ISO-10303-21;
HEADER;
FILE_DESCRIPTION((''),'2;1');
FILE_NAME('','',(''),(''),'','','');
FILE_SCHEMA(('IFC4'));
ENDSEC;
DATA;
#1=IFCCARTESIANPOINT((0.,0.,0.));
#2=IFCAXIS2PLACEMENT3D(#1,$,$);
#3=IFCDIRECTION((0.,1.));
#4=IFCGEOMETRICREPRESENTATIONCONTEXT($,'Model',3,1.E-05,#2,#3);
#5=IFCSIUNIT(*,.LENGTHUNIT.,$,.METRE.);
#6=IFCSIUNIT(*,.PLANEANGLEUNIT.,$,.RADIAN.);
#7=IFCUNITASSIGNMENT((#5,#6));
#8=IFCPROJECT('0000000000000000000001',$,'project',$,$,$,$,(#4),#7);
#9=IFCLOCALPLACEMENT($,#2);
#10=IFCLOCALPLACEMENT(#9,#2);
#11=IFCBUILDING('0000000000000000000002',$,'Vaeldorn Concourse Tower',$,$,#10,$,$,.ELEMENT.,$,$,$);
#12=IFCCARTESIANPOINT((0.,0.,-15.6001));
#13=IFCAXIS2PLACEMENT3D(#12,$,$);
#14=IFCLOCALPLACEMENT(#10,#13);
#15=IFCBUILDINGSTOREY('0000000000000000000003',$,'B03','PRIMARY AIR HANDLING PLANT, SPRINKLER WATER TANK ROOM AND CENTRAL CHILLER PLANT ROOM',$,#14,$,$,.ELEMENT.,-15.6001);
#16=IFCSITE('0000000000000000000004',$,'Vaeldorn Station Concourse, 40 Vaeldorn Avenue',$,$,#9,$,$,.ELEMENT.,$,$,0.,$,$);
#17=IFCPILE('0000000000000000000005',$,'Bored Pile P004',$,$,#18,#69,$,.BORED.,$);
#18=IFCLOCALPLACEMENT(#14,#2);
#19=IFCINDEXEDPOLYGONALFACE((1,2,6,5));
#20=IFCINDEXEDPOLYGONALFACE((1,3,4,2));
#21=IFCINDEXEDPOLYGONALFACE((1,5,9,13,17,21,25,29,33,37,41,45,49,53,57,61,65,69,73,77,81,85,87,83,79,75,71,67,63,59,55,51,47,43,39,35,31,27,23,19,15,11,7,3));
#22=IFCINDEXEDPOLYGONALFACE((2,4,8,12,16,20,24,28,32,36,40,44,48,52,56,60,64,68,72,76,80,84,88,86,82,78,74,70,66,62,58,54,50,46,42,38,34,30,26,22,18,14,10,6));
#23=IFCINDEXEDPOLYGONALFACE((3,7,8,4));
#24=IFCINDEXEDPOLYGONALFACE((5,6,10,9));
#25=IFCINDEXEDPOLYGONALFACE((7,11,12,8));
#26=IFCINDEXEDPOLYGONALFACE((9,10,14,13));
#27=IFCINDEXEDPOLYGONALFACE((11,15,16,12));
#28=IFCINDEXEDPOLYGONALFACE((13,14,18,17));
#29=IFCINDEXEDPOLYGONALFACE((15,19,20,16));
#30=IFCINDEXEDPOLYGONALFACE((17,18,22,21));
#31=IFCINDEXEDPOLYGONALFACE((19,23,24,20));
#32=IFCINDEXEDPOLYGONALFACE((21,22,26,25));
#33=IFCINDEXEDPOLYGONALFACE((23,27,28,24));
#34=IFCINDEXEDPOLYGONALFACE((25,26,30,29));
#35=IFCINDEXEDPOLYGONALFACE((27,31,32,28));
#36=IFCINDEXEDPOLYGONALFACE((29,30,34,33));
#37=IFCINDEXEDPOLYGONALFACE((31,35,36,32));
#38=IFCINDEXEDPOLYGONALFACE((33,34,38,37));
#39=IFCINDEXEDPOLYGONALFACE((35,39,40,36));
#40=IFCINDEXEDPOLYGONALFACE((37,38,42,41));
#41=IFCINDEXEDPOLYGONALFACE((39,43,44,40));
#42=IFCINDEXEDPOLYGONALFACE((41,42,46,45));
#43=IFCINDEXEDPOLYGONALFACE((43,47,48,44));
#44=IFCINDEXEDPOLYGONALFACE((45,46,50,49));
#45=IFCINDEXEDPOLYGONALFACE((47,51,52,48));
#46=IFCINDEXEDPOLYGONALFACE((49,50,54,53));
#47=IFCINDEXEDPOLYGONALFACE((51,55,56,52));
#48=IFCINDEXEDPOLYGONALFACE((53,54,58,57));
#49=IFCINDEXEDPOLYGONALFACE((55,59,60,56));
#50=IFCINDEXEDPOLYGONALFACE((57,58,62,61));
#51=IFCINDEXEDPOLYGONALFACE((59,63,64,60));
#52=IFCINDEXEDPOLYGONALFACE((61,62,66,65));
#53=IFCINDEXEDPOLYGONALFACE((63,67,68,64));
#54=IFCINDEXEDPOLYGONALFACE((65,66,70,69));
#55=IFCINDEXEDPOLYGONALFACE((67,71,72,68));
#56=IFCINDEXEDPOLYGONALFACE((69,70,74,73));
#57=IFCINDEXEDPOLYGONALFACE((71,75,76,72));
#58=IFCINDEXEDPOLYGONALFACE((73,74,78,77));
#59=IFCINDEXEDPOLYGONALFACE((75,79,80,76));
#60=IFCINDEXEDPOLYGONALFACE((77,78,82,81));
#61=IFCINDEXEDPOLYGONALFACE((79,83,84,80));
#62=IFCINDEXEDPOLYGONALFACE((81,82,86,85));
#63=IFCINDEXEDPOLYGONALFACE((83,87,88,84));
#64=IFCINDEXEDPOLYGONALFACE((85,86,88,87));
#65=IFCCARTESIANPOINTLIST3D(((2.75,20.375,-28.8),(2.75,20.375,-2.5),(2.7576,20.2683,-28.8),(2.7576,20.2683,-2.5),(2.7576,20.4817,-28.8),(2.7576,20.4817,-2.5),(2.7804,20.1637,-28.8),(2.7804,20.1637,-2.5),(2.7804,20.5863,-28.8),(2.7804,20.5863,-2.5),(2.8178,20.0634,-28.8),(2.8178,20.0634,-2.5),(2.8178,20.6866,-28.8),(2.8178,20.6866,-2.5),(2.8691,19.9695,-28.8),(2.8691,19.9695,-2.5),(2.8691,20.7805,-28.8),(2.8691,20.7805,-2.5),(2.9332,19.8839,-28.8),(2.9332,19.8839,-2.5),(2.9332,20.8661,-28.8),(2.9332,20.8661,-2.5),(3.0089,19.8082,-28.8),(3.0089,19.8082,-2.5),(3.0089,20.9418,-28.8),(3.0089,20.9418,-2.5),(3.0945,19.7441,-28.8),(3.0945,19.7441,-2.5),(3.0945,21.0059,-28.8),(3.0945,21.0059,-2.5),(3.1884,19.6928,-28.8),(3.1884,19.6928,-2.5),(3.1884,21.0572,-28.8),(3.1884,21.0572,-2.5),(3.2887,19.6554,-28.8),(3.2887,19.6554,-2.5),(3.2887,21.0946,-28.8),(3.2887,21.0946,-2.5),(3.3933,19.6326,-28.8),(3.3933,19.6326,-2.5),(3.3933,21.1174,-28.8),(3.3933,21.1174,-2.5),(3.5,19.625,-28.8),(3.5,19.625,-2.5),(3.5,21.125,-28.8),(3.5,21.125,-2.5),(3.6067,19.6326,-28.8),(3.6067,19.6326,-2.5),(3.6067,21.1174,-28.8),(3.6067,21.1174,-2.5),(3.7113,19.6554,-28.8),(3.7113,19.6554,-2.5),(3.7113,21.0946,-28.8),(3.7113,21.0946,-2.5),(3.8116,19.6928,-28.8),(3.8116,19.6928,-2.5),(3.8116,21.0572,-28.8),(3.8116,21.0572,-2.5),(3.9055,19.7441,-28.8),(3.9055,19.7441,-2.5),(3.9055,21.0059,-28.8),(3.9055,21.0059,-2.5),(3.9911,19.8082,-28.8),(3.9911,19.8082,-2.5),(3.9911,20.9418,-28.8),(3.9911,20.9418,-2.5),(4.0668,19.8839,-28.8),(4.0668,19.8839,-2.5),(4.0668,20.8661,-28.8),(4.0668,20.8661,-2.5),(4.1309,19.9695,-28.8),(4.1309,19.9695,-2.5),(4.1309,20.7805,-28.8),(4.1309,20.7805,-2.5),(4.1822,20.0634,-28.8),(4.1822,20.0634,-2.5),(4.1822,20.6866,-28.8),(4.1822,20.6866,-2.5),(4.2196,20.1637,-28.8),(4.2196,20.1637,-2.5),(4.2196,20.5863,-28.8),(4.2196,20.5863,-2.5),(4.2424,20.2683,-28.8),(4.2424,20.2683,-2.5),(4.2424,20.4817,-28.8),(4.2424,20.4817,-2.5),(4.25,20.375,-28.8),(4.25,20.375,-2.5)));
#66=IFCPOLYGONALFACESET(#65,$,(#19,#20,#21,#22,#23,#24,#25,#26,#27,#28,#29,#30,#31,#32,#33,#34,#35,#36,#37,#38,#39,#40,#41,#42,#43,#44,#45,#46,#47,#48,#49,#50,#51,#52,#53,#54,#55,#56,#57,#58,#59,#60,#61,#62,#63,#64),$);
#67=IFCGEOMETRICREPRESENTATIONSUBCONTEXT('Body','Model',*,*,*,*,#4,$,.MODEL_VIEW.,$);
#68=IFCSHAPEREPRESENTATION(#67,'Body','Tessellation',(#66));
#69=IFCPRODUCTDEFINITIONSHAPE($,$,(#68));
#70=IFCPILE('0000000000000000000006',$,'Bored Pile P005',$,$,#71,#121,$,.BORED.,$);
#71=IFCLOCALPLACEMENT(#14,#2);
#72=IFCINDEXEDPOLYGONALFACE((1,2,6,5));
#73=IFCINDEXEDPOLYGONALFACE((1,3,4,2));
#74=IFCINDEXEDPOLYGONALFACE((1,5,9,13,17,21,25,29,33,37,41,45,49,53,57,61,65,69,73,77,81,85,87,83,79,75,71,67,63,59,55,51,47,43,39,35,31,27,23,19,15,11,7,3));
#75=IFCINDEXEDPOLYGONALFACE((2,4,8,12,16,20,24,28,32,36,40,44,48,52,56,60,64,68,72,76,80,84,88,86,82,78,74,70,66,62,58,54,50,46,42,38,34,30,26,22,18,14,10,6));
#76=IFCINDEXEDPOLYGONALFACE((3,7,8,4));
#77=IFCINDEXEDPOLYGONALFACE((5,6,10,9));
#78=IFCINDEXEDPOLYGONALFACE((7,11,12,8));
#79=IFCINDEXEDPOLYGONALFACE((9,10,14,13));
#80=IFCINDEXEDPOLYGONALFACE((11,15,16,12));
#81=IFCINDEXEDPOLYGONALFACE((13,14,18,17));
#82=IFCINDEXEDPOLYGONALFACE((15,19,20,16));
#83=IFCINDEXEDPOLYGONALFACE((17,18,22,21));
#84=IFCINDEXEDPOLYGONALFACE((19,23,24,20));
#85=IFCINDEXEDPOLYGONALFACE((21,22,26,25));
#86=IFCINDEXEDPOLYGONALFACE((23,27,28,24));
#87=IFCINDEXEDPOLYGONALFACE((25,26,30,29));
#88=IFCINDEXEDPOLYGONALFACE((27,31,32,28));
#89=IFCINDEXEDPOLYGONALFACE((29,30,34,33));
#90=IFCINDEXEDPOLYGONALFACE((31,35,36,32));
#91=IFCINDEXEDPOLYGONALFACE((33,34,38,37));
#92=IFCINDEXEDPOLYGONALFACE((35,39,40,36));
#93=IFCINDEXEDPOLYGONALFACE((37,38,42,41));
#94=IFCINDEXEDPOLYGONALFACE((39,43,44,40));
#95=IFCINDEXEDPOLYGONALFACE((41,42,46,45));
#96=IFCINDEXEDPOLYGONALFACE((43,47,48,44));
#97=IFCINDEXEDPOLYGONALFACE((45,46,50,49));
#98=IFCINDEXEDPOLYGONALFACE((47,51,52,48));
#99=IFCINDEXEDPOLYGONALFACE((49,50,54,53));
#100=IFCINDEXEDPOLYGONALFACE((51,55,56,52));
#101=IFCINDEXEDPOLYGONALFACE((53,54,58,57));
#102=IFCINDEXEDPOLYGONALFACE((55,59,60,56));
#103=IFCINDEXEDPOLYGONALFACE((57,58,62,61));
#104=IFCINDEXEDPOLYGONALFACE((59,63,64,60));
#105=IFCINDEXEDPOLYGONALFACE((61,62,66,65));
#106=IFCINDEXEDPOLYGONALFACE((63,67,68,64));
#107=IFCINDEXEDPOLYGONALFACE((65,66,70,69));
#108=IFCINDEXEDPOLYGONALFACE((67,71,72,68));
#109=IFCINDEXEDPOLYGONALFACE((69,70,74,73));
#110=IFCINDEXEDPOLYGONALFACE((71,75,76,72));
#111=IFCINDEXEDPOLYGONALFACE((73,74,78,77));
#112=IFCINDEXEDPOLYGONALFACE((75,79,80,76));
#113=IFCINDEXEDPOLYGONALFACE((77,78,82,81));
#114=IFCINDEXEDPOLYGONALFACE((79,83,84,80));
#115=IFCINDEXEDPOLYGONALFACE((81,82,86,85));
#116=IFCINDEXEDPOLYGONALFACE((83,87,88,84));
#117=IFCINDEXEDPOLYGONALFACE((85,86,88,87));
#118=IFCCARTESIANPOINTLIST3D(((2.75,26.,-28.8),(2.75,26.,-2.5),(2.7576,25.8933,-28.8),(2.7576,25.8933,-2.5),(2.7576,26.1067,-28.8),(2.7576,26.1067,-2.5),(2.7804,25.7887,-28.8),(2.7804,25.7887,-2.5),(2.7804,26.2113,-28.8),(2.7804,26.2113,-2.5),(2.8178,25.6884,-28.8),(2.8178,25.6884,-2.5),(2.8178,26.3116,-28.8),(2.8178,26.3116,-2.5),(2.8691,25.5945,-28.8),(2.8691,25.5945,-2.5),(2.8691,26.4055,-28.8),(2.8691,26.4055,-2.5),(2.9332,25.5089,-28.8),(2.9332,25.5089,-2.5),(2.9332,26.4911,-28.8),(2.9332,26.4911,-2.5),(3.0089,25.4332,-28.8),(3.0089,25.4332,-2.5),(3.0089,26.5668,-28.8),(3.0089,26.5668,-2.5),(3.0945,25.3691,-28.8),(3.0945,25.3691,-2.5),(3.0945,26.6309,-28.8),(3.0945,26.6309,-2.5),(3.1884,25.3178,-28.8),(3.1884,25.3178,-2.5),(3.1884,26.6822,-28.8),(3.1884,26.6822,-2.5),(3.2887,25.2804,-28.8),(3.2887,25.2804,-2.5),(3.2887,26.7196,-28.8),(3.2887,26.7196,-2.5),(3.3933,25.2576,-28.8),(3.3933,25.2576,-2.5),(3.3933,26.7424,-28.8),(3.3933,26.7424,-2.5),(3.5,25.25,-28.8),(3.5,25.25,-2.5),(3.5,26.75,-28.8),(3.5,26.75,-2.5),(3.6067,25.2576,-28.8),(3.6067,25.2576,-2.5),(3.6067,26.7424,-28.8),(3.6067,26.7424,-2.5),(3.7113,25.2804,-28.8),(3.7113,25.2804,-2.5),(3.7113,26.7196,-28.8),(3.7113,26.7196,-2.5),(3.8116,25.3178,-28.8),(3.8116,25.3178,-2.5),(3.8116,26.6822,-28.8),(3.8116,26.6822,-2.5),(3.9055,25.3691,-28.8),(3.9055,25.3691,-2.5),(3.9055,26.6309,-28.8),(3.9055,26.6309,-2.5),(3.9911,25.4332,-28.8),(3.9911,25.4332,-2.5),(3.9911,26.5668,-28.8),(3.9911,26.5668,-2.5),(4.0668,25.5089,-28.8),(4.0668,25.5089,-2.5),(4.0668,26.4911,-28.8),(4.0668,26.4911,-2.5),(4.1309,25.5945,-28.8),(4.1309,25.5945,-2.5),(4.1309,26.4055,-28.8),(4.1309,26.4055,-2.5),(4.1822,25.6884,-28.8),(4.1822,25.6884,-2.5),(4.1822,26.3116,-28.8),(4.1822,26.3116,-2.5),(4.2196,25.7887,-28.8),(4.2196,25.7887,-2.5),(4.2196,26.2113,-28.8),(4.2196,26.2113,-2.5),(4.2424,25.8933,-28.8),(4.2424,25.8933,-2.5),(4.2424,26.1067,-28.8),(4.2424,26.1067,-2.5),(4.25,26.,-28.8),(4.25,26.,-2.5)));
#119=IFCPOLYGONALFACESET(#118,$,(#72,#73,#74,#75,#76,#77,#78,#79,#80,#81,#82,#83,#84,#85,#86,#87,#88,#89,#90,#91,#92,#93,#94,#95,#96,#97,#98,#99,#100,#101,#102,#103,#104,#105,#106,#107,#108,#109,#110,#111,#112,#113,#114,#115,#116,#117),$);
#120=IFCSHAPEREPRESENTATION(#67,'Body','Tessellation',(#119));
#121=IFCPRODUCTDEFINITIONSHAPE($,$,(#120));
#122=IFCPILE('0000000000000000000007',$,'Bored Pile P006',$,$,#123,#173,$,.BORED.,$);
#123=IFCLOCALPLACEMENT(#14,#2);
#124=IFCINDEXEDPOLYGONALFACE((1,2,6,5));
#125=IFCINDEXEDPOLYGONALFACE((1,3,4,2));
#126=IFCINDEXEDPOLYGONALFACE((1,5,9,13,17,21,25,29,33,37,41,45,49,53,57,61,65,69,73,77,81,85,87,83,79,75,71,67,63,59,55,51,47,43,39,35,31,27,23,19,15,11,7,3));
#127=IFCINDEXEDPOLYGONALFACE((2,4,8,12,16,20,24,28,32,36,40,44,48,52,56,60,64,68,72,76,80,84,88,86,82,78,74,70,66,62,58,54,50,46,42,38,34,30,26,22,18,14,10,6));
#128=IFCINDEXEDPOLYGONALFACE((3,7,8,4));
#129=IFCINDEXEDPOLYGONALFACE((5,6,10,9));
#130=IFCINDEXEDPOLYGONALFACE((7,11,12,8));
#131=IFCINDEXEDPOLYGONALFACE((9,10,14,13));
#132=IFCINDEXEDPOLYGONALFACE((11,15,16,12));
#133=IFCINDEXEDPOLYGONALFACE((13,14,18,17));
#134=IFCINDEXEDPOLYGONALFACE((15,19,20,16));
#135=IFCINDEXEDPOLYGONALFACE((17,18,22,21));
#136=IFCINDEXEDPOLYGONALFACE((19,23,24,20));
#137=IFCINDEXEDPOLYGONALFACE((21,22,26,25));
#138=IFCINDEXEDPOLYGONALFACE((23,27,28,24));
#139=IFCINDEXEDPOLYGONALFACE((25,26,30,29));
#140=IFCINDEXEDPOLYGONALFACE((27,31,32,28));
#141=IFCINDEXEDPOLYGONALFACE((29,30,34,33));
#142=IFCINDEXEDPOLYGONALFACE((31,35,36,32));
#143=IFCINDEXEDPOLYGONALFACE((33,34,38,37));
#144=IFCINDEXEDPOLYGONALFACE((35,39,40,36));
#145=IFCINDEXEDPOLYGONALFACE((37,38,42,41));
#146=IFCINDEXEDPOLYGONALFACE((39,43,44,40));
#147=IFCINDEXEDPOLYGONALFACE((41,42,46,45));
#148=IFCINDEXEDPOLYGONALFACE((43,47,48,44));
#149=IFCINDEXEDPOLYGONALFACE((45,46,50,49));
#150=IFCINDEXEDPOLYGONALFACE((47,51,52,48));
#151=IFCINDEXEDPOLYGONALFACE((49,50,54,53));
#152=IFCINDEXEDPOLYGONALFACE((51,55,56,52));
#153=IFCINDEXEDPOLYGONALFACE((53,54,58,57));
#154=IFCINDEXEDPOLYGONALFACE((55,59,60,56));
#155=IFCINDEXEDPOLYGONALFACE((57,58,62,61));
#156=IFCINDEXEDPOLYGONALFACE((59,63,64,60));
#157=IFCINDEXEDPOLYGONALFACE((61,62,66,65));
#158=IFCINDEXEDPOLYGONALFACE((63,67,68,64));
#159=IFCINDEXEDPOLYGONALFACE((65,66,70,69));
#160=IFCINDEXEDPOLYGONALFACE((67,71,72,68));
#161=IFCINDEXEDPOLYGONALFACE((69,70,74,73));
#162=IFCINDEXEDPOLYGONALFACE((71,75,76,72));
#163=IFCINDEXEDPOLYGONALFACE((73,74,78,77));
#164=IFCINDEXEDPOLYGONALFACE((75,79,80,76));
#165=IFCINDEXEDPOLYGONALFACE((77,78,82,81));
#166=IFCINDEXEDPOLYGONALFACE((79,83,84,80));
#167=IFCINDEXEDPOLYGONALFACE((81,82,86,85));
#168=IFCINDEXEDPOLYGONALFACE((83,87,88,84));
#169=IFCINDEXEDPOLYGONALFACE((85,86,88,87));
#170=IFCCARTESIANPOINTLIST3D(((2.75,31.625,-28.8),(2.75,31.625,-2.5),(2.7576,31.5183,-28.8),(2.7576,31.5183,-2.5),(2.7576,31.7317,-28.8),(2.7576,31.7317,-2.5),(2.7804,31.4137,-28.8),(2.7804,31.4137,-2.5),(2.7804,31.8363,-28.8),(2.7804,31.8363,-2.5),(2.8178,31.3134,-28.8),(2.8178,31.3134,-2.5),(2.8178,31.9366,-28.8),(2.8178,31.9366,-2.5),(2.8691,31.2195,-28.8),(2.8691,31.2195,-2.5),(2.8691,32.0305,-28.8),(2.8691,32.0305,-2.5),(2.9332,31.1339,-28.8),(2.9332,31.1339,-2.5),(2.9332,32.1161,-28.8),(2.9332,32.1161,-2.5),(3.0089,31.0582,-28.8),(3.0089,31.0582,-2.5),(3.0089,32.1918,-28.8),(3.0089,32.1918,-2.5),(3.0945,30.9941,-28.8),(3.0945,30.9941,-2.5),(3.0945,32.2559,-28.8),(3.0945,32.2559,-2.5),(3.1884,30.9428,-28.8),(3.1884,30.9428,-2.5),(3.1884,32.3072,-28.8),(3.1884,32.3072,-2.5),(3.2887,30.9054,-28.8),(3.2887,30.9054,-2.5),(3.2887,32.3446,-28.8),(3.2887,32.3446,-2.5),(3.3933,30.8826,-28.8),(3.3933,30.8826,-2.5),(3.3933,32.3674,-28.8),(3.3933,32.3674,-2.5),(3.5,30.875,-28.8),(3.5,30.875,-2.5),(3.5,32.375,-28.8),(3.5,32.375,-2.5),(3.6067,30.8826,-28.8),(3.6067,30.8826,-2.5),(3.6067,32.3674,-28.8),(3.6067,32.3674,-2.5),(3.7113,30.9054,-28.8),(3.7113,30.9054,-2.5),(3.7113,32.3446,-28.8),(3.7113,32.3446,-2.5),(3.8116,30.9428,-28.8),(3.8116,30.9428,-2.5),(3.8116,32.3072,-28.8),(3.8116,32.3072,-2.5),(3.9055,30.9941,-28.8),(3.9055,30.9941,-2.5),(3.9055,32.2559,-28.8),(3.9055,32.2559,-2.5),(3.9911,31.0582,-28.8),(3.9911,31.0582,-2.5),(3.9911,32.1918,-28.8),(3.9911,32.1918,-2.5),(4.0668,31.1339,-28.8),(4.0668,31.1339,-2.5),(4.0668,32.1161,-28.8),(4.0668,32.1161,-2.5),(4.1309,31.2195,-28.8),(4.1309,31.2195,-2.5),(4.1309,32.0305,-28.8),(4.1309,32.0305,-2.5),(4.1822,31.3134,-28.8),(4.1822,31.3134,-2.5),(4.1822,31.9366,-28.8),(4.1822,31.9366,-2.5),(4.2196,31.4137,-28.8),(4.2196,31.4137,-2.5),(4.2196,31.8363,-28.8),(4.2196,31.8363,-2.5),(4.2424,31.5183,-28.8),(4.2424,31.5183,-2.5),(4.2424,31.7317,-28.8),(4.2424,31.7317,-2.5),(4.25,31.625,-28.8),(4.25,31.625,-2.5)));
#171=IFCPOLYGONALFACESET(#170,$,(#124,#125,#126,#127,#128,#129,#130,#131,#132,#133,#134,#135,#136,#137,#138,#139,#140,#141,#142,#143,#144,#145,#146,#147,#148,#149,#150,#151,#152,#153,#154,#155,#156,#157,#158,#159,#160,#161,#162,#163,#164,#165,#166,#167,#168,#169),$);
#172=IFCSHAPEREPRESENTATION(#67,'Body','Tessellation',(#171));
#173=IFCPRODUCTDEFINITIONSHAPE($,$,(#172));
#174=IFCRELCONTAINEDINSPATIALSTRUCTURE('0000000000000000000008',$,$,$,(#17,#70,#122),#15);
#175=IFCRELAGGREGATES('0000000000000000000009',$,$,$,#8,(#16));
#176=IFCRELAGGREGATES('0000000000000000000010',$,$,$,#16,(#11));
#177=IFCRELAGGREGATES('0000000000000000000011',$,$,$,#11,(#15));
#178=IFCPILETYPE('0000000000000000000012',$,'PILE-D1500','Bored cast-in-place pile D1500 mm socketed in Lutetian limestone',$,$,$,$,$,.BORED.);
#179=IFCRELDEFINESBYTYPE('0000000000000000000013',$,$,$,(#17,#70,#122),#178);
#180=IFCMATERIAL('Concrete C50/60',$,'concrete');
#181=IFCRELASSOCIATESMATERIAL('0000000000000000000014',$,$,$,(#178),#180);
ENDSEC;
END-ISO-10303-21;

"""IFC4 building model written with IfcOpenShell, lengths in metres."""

from ifc_helpers import new_model, si_unit, direction, frame, origin, origin_2d, place, context, subcontext, project, spatial, circle, extrude, material, material_profile, profile_set, type_object, element, save


model = new_model("IFC4")

# Units and contexts
model_context = context("Model", 3, precision=1e-05, world=origin(), true_north=direction((0.0, 1.0)))
body_context = subcontext(model_context, "Body", "Model", "MODEL_VIEW")
ifc_project = project(units=[si_unit("LENGTHUNIT", "METRE"), si_unit("PLANEANGLEUNIT", "RADIAN")], contexts=[model_context])

# Site, building, storey
site_placement = place(None, origin())
site = spatial("IfcSite", under=ifc_project, at=site_placement, Name="Vaeldorn Station Concourse, 40 Vaeldorn Avenue", CompositionType="ELEMENT", RefElevation=0.0)
building_placement = place(site_placement, origin())
building = spatial("IfcBuilding", under=site, at=building_placement, Name="Vaeldorn Concourse Tower", CompositionType="ELEMENT")
storey_placement = place(building_placement, frame((0.0, 0.0, -15.6001)))
storey = spatial("IfcBuildingStorey", under=building, at=storey_placement, Name="B03", Description="PRIMARY AIR HANDLING PLANT, SPRINKLER WATER TANK ROOM AND CENTRAL CHILLER PLANT ROOM", CompositionType="ELEMENT", Elevation=-15.6001)

# Piles
ifc_material_1 = material(Name="Concrete C50/60", Category="concrete")
ifc_material_profile_1 = material_profile(ifc_material_1, circle(Radius=0.75, at=origin_2d()), Name="BORED PILE D1500")
ifc_profile_set_1 = profile_set([ifc_material_profile_1], Name="Concrete C50/60")
pile_type = type_object("IfcPileType", Name="PILE-D1500", Description="Bored cast-in-place pile D1500 mm socketed in Lutetian limestone", PredefinedType="BORED", material=ifc_profile_set_1)
for number, where, z_axis, x_axis, name in (
    (1, (3.5, 20.375, -2.5), (0.0, 0.0, -1.0), (1.0, 0.0, 0.0), "Bored Pile P004"),
    (2, (3.5, 26.0, -2.5), (0.0, 0.0, -1.0), (1.0, 0.0, 0.0), "Bored Pile P005"),
    (3, (3.5, 31.625, -2.5), (0.0, 0.0, -1.0), (1.0, 0.0, 0.0), "Bored Pile P006"),
):
    element("IfcPile", number, at=place(storey_placement, frame(where, z_axis=z_axis, x_axis=x_axis)), inside=storey, type_object=pile_type, Name=name, PredefinedType="BORED", context=body_context, shape_type="SweptSolid", body=[
        extrude(circle(Radius=0.75, at=origin_2d()), origin(), (0.0, 0.0, 1.0), 26.3),
    ])

save(model, "model.ifc")
